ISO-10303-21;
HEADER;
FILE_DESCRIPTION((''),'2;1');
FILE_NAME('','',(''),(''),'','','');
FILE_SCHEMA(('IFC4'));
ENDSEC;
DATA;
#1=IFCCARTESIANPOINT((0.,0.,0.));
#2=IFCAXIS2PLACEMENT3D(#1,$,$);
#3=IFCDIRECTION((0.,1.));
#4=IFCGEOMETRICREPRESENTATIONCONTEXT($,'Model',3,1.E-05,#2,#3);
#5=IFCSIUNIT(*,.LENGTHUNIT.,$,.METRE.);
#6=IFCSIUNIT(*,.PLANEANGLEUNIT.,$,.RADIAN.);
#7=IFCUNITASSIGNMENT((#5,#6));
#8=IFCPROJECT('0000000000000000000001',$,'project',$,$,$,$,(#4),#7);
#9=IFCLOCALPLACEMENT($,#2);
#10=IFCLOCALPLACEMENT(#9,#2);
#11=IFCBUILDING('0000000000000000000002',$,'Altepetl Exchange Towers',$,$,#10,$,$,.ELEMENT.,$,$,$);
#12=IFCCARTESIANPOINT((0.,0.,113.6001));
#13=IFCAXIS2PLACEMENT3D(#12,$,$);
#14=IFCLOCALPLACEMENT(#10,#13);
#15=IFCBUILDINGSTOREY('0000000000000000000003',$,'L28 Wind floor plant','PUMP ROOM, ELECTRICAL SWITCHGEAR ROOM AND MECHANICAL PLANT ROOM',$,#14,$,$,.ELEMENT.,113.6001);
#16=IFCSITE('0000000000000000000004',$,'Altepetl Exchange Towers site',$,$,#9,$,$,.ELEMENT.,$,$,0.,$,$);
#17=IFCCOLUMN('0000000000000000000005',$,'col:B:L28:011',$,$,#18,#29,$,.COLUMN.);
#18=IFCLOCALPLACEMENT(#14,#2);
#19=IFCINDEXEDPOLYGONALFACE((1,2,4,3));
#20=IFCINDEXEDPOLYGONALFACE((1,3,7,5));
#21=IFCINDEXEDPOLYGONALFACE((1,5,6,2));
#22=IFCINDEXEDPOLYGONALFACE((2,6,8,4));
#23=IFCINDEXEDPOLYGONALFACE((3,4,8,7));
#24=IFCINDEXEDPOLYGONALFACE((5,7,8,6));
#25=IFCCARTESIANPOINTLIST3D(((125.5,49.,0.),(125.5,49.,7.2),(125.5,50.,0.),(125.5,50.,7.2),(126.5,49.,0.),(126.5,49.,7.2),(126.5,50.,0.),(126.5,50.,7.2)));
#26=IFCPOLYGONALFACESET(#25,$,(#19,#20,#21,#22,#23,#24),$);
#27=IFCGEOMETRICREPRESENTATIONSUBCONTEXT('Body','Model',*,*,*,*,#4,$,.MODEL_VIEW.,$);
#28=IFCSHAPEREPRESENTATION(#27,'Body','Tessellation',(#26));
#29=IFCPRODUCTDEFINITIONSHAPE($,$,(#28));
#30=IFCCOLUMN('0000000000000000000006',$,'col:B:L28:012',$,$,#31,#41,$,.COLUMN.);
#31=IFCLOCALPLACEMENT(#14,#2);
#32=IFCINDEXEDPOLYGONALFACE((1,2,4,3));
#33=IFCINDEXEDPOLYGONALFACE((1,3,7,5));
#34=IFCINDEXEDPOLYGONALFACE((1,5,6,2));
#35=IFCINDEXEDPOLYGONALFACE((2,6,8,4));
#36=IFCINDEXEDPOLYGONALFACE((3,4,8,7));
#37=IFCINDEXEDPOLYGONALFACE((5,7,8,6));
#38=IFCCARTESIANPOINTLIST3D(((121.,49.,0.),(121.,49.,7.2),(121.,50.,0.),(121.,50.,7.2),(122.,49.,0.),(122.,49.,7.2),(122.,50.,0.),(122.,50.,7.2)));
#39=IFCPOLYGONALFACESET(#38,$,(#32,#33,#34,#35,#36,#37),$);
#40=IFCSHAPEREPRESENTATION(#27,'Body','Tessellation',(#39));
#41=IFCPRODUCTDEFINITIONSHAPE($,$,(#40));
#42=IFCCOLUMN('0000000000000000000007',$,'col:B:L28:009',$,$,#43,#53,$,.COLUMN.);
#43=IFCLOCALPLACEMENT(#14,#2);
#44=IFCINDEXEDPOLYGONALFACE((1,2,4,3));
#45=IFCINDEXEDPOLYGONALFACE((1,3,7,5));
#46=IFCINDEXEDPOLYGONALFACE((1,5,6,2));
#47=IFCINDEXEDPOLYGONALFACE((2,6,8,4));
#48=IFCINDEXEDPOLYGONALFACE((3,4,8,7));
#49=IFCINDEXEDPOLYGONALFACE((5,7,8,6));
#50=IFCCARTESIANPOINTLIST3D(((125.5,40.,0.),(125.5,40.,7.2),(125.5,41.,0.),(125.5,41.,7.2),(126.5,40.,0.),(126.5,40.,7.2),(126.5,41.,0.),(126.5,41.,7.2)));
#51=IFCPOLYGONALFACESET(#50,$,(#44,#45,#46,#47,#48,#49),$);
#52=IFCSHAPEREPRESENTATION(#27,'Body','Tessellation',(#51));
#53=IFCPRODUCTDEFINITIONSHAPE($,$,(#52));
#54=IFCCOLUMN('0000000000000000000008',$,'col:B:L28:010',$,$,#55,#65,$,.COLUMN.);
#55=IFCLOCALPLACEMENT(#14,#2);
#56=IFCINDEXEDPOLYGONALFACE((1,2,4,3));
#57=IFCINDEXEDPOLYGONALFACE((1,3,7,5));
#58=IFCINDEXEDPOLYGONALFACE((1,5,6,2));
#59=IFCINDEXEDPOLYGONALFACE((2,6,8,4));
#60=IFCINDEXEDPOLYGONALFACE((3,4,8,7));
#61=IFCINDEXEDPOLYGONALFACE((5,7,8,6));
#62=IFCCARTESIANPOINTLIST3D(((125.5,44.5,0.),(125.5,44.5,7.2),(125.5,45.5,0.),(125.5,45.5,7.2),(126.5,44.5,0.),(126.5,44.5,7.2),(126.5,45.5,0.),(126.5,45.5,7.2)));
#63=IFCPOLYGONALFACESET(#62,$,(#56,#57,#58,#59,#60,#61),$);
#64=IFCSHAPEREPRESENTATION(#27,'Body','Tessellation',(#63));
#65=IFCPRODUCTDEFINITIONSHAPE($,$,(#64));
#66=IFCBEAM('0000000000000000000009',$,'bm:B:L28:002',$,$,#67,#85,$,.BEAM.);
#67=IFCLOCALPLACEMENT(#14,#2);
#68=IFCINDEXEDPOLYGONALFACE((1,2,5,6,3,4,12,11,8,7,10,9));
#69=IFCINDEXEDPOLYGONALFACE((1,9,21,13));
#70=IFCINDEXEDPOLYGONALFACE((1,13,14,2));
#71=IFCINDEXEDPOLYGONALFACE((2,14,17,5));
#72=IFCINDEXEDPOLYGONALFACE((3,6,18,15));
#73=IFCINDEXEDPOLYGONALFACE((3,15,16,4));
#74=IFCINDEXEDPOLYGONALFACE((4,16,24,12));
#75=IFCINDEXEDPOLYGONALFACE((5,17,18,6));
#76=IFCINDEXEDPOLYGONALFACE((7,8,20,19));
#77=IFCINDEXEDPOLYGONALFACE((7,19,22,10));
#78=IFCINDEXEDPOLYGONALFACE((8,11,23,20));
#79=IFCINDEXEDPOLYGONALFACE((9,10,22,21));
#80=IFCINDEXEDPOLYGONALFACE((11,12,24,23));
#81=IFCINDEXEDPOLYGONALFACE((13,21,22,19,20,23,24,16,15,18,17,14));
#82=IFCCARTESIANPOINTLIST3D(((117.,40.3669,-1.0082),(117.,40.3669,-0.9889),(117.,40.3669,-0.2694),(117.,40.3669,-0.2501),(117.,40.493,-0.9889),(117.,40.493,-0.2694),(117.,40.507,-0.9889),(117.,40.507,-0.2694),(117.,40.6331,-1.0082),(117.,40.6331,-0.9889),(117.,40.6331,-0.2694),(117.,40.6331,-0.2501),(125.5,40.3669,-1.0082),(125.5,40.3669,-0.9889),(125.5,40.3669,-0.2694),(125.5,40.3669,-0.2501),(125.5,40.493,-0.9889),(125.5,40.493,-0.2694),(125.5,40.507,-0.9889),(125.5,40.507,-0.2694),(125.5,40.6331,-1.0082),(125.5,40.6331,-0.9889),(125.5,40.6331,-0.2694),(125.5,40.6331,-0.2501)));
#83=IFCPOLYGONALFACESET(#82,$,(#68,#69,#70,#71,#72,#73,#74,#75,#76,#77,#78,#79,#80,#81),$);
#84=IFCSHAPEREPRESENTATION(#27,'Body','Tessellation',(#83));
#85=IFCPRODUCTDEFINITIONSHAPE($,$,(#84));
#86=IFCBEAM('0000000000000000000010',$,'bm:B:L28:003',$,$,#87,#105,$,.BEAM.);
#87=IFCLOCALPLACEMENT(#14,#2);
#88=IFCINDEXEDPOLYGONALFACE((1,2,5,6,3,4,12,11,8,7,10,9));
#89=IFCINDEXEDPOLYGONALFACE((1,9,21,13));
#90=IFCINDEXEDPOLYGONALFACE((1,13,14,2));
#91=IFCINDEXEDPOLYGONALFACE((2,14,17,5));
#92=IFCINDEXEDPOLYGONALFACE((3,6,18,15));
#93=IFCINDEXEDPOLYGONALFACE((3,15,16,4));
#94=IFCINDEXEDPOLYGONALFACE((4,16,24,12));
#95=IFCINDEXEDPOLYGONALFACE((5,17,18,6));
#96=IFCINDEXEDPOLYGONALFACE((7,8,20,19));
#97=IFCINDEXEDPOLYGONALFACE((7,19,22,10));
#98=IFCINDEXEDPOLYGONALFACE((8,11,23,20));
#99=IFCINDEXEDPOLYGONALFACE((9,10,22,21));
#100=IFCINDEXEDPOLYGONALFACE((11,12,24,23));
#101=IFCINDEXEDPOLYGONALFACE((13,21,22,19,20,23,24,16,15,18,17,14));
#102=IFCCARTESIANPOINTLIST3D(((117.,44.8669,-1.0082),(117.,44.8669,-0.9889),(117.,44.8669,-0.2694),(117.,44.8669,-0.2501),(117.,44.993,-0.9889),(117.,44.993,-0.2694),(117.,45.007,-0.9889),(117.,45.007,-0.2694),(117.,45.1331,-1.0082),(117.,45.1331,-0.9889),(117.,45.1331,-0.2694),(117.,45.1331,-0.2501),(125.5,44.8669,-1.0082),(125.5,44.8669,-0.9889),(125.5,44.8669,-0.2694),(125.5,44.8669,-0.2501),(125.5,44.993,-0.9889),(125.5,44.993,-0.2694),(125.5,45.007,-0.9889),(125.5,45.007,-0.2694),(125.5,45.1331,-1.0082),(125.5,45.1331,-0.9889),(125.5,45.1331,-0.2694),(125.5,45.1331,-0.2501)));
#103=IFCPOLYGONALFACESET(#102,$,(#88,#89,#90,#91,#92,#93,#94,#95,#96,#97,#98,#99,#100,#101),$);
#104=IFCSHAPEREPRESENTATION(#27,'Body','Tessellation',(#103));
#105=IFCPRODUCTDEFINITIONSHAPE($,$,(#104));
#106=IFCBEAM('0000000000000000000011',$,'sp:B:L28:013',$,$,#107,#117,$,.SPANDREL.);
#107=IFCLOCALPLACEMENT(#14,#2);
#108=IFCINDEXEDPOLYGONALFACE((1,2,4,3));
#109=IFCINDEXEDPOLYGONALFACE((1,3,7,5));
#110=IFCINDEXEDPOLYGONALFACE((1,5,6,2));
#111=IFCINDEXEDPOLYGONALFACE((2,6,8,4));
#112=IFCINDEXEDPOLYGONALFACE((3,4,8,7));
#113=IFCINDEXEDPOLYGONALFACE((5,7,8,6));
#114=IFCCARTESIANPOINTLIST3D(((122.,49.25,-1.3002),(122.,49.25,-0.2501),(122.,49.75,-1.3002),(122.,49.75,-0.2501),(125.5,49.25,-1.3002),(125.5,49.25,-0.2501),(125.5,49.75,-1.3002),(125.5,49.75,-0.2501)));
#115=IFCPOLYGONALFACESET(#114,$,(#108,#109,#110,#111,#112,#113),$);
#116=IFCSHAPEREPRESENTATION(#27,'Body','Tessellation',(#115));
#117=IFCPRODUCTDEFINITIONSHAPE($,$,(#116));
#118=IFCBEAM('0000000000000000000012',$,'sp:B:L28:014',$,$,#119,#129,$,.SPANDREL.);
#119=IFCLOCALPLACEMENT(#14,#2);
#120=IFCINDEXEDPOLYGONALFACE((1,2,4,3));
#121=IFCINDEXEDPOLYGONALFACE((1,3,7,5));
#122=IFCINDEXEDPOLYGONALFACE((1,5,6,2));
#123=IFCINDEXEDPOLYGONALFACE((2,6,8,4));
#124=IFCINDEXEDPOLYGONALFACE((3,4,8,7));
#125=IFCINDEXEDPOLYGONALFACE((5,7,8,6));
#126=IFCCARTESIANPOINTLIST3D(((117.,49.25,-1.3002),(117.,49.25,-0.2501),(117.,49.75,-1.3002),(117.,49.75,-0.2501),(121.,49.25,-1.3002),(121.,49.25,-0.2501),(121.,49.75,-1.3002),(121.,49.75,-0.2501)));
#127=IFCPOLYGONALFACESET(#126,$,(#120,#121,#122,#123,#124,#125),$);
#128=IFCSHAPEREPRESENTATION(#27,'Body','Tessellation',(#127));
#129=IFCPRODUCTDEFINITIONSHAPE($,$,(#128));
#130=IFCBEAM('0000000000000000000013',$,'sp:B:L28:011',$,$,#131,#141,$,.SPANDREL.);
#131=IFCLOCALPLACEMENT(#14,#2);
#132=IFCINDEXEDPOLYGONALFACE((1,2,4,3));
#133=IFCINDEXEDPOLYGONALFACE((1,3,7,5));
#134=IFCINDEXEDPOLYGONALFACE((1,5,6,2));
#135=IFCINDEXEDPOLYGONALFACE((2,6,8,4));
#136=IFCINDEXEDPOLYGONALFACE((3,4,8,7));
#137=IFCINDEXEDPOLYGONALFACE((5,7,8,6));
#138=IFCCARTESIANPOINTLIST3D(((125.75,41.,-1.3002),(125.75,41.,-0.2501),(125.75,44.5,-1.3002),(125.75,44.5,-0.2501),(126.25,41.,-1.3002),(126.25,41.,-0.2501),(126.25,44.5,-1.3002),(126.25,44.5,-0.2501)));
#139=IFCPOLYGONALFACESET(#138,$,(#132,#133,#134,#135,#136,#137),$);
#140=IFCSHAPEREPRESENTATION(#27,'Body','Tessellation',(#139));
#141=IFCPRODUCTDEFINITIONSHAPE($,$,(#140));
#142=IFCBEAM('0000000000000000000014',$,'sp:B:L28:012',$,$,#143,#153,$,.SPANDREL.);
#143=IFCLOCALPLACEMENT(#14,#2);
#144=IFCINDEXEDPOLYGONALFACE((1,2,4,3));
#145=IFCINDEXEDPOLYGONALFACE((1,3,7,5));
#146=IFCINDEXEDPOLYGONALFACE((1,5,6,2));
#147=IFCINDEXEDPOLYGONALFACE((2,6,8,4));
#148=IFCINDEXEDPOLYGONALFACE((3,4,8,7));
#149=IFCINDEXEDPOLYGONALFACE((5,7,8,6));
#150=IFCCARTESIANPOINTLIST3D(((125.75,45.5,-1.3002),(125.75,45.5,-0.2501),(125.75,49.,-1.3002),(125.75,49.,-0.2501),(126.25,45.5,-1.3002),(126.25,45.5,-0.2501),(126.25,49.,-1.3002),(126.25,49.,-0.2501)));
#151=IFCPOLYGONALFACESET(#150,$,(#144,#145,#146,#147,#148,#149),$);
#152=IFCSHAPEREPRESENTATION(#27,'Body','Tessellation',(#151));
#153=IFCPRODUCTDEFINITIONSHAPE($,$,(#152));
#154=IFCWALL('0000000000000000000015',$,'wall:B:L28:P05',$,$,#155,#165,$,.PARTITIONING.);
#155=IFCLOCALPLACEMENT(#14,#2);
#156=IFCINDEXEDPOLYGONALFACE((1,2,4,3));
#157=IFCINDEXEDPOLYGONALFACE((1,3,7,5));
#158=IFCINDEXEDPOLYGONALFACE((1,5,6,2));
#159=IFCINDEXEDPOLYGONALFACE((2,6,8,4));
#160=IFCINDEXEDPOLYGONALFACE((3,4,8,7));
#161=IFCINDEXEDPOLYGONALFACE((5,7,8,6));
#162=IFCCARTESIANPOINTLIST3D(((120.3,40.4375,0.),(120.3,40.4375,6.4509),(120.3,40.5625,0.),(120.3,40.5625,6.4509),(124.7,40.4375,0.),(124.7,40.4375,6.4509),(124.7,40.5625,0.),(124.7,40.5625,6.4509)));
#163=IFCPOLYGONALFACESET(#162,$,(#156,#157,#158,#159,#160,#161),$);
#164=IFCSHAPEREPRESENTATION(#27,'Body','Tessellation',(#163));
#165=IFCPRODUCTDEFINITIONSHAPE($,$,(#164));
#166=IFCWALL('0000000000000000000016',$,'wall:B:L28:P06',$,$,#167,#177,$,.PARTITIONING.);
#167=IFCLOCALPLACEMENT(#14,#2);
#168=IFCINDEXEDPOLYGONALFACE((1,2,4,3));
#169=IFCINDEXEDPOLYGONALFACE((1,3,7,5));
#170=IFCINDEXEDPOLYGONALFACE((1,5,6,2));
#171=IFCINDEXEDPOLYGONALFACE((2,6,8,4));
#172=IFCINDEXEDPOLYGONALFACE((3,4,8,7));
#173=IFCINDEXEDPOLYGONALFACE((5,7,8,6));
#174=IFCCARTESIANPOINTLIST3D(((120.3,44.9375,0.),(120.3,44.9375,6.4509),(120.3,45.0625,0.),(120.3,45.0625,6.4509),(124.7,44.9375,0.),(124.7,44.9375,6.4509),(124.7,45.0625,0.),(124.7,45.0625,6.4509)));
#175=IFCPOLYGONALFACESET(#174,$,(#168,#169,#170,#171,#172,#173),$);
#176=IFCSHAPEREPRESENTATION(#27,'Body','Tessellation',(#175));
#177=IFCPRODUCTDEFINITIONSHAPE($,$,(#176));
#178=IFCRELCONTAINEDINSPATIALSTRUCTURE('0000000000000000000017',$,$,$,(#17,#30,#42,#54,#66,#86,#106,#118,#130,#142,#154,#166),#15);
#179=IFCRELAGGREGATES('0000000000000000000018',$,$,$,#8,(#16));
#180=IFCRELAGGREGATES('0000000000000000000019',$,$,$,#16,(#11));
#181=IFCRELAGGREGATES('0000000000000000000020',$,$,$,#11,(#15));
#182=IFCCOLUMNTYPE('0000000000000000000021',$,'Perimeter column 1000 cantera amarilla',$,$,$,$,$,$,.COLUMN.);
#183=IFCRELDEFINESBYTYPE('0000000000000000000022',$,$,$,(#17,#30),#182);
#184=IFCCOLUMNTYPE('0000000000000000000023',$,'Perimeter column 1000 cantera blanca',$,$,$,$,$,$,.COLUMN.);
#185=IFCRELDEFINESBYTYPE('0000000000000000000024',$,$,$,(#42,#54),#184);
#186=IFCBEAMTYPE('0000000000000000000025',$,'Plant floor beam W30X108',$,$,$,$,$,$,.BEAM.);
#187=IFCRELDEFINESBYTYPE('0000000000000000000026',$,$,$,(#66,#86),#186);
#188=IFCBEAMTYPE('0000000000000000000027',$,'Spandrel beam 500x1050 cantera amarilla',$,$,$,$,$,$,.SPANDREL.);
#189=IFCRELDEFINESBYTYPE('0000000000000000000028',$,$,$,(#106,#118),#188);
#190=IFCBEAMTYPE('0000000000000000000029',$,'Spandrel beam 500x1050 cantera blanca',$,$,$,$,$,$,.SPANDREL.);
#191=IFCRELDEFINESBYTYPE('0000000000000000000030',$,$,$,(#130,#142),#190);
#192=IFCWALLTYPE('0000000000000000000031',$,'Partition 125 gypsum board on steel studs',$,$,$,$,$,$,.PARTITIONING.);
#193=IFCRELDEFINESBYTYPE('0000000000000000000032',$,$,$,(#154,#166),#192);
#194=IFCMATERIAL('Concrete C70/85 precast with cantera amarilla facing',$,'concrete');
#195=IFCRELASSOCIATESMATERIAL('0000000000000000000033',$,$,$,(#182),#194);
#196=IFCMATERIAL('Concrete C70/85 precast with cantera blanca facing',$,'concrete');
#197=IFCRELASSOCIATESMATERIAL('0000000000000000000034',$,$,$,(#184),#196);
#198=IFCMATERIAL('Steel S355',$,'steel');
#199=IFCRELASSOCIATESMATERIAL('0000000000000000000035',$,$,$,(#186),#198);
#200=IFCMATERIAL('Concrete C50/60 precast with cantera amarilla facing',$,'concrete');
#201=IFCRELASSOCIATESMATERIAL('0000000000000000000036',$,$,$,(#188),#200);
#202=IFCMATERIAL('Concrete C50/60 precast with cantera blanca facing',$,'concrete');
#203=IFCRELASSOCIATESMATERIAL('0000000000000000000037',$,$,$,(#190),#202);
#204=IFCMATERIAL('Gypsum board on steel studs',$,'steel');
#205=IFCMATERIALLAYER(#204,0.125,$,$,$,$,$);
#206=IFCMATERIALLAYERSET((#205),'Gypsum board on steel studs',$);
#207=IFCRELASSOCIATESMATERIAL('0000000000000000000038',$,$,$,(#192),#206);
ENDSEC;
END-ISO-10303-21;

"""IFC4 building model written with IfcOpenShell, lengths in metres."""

from ifc_helpers import new_model, si_unit, direction, frame, frame_2d, origin, origin_2d, place, context, subcontext, project, spatial, rectangle, i_section, extrude, material, layer, layer_set, material_profile, profile_set, type_object, element, save


model = new_model("IFC4")

# Units and contexts
model_context = context("Model", 3, precision=1e-05, world=origin(), true_north=direction((0.0, 1.0)))
body_context = subcontext(model_context, "Body", "Model", "MODEL_VIEW")
ifc_project = project(units=[si_unit("LENGTHUNIT", "METRE"), si_unit("PLANEANGLEUNIT", "RADIAN")], contexts=[model_context])

# Site, building, storey
site_placement = place(None, origin())
site = spatial("IfcSite", under=ifc_project, at=site_placement, Name="Altepetl Exchange Towers site", CompositionType="ELEMENT", RefElevation=0.0)
building_placement = place(site_placement, origin())
building = spatial("IfcBuilding", under=site, at=building_placement, Name="Altepetl Exchange Towers", CompositionType="ELEMENT")
storey_placement = place(building_placement, frame((0.0, 0.0, 113.6001)))
storey = spatial("IfcBuildingStorey", under=building, at=storey_placement, Name="L28 Wind floor plant", Description="PUMP ROOM, ELECTRICAL SWITCHGEAR ROOM AND MECHANICAL PLANT ROOM", CompositionType="ELEMENT", Elevation=113.6001)

# Columns
ifc_material_1 = material(Name="Concrete C70/85 precast with cantera amarilla facing", Category="concrete")
ifc_material_profile_1 = material_profile(ifc_material_1, rectangle(XDim=1.0, YDim=1.0, at=origin_2d()), Name="1000 x 1000")
ifc_profile_set_1 = profile_set([ifc_material_profile_1], Name="Concrete C70/85 precast with cantera amarilla facing")
column_type_1 = type_object("IfcColumnType", Name="Perimeter column 1000 cantera amarilla", PredefinedType="COLUMN", material=ifc_profile_set_1)
for number, where, name in (
    (1, (126.0, 49.5, 0.0), "col:B:L28:011"),
    (2, (121.5, 49.5, 0.0), "col:B:L28:012"),
):
    element("IfcColumn", number, at=place(storey_placement, frame(where)), inside=storey, type_object=column_type_1, Name=name, PredefinedType="COLUMN", context=body_context, shape_type="SweptSolid", body=[
        extrude(rectangle(XDim=1.0, YDim=1.0, at=origin_2d()), origin(), (0.0, 0.0, 1.0), 7.2),
    ])
ifc_material_2 = material(Name="Concrete C70/85 precast with cantera blanca facing", Category="concrete")
ifc_material_profile_2 = material_profile(ifc_material_2, rectangle(XDim=1.0, YDim=1.0, at=origin_2d()), Name="1000 x 1000")
ifc_profile_set_2 = profile_set([ifc_material_profile_2], Name="Concrete C70/85 precast with cantera blanca facing")
column_type_2 = type_object("IfcColumnType", Name="Perimeter column 1000 cantera blanca", PredefinedType="COLUMN", material=ifc_profile_set_2)
for number, where, name in (
    (3, (126.0, 40.5, 0.0), "col:B:L28:009"),
    (4, (126.0, 45.0, 0.0), "col:B:L28:010"),
):
    element("IfcColumn", number, at=place(storey_placement, frame(where)), inside=storey, type_object=column_type_2, Name=name, PredefinedType="COLUMN", context=body_context, shape_type="SweptSolid", body=[
        extrude(rectangle(XDim=1.0, YDim=1.0, at=origin_2d()), origin(), (0.0, 0.0, 1.0), 7.2),
    ])

# Beams
ifc_material_3 = material(Name="Steel S355", Category="steel")
ifc_material_profile_3 = material_profile(ifc_material_3, i_section(OverallWidth=0.2661, OverallDepth=0.7581, WebThickness=0.0139, FlangeThickness=0.0193, at=origin_2d()), Name="W30X108")
ifc_profile_set_3 = profile_set([ifc_material_profile_3], Name="Steel S355")
beam_type_1 = type_object("IfcBeamType", Name="Plant floor beam W30X108", PredefinedType="BEAM", material=ifc_profile_set_3)
for number, where, z_axis, x_axis, name in (
    (5, (117.0, 40.5, -0.6292), (1.0, 0.0, 0.0), (0.0, 1.0, 0.0), "bm:B:L28:002"),
    (6, (117.0, 45.0, -0.6292), (1.0, 0.0, 0.0), (0.0, 1.0, 0.0), "bm:B:L28:003"),
):
    element("IfcBeam", number, at=place(storey_placement, frame(where, z_axis=z_axis, x_axis=x_axis)), inside=storey, type_object=beam_type_1, Name=name, PredefinedType="BEAM", context=body_context, shape_type="SweptSolid", body=[
        extrude(i_section(OverallWidth=0.2661, OverallDepth=0.7581, WebThickness=0.0139, FlangeThickness=0.0193, at=origin_2d()), origin(), (0.0, 0.0, 1.0), 8.5),
    ])
ifc_material_4 = material(Name="Concrete C50/60 precast with cantera amarilla facing", Category="concrete")
ifc_material_profile_4 = material_profile(ifc_material_4, rectangle(XDim=0.5, YDim=1.05, at=origin_2d()), Name="500 x 1050")
ifc_profile_set_4 = profile_set([ifc_material_profile_4], Name="Concrete C50/60 precast with cantera amarilla facing")
beam_type_2 = type_object("IfcBeamType", Name="Spandrel beam 500x1050 cantera amarilla", PredefinedType="SPANDREL", material=ifc_profile_set_4)
beam_1_placement = place(storey_placement, frame((125.5, 49.5, -0.7751), z_axis=(-1.0, 0.0, 0.0), x_axis=(0.0, -1.0, 0.0)))
element("IfcBeam", 7, at=beam_1_placement, inside=storey, type_object=beam_type_2, Name="sp:B:L28:013", PredefinedType="SPANDREL", context=body_context, shape_type="SweptSolid", body=[
    extrude(rectangle(XDim=0.5, YDim=1.05, at=origin_2d()), origin(), (0.0, 0.0, 1.0), 3.5),
])
beam_2_placement = place(storey_placement, frame((121.0, 49.5, -0.7751), z_axis=(-1.0, 0.0, 0.0), x_axis=(0.0, -1.0, 0.0)))
element("IfcBeam", 8, at=beam_2_placement, inside=storey, type_object=beam_type_2, Name="sp:B:L28:014", PredefinedType="SPANDREL", context=body_context, shape_type="SweptSolid", body=[
    extrude(rectangle(XDim=0.5, YDim=1.05, at=origin_2d()), origin(), (0.0, 0.0, 1.0), 4.0),
])
ifc_material_5 = material(Name="Concrete C50/60 precast with cantera blanca facing", Category="concrete")
ifc_material_profile_5 = material_profile(ifc_material_5, rectangle(XDim=0.5, YDim=1.05, at=origin_2d()), Name="500 x 1050")
ifc_profile_set_5 = profile_set([ifc_material_profile_5], Name="Concrete C50/60 precast with cantera blanca facing")
beam_type_3 = type_object("IfcBeamType", Name="Spandrel beam 500x1050 cantera blanca", PredefinedType="SPANDREL", material=ifc_profile_set_5)
for number, where, z_axis, x_axis, name in (
    (9, (126.0, 41.0, -0.7751), (0.0, 1.0, 0.0), (-1.0, 0.0, 0.0), "sp:B:L28:011"),
    (10, (126.0, 45.5, -0.7751), (0.0, 1.0, 0.0), (-1.0, 0.0, 0.0), "sp:B:L28:012"),
):
    element("IfcBeam", number, at=place(storey_placement, frame(where, z_axis=z_axis, x_axis=x_axis)), inside=storey, type_object=beam_type_3, Name=name, PredefinedType="SPANDREL", context=body_context, shape_type="SweptSolid", body=[
        extrude(rectangle(XDim=0.5, YDim=1.05, at=origin_2d()), origin(), (0.0, 0.0, 1.0), 3.5),
    ])

# Walls
ifc_material_6 = material(Name="Gypsum board on steel studs", Category="steel")
ifc_layer_1 = layer(ifc_material_6, 0.125)
ifc_layer_set_1 = layer_set([ifc_layer_1], Name="Gypsum board on steel studs")
wall_type_1 = type_object("IfcWallType", Name="Partition 125 gypsum board on steel studs", PredefinedType="PARTITIONING", material=ifc_layer_set_1)
for number, where, name in (
    (11, (120.3, 40.5, 0.0), "wall:B:L28:P05"),
    (12, (120.3, 45.0, 0.0), "wall:B:L28:P06"),
):
    element("IfcWall", number, at=place(storey_placement, frame(where)), inside=storey, type_object=wall_type_1, Name=name, PredefinedType="PARTITIONING", context=body_context, shape_type="SweptSolid", body=[
        extrude(rectangle(XDim=4.3999, YDim=0.125, at=frame_2d((2.2, 0.0))), origin(), (0.0, 0.0, 1.0), 6.4509),
    ])

save(model, "model.ifc")
